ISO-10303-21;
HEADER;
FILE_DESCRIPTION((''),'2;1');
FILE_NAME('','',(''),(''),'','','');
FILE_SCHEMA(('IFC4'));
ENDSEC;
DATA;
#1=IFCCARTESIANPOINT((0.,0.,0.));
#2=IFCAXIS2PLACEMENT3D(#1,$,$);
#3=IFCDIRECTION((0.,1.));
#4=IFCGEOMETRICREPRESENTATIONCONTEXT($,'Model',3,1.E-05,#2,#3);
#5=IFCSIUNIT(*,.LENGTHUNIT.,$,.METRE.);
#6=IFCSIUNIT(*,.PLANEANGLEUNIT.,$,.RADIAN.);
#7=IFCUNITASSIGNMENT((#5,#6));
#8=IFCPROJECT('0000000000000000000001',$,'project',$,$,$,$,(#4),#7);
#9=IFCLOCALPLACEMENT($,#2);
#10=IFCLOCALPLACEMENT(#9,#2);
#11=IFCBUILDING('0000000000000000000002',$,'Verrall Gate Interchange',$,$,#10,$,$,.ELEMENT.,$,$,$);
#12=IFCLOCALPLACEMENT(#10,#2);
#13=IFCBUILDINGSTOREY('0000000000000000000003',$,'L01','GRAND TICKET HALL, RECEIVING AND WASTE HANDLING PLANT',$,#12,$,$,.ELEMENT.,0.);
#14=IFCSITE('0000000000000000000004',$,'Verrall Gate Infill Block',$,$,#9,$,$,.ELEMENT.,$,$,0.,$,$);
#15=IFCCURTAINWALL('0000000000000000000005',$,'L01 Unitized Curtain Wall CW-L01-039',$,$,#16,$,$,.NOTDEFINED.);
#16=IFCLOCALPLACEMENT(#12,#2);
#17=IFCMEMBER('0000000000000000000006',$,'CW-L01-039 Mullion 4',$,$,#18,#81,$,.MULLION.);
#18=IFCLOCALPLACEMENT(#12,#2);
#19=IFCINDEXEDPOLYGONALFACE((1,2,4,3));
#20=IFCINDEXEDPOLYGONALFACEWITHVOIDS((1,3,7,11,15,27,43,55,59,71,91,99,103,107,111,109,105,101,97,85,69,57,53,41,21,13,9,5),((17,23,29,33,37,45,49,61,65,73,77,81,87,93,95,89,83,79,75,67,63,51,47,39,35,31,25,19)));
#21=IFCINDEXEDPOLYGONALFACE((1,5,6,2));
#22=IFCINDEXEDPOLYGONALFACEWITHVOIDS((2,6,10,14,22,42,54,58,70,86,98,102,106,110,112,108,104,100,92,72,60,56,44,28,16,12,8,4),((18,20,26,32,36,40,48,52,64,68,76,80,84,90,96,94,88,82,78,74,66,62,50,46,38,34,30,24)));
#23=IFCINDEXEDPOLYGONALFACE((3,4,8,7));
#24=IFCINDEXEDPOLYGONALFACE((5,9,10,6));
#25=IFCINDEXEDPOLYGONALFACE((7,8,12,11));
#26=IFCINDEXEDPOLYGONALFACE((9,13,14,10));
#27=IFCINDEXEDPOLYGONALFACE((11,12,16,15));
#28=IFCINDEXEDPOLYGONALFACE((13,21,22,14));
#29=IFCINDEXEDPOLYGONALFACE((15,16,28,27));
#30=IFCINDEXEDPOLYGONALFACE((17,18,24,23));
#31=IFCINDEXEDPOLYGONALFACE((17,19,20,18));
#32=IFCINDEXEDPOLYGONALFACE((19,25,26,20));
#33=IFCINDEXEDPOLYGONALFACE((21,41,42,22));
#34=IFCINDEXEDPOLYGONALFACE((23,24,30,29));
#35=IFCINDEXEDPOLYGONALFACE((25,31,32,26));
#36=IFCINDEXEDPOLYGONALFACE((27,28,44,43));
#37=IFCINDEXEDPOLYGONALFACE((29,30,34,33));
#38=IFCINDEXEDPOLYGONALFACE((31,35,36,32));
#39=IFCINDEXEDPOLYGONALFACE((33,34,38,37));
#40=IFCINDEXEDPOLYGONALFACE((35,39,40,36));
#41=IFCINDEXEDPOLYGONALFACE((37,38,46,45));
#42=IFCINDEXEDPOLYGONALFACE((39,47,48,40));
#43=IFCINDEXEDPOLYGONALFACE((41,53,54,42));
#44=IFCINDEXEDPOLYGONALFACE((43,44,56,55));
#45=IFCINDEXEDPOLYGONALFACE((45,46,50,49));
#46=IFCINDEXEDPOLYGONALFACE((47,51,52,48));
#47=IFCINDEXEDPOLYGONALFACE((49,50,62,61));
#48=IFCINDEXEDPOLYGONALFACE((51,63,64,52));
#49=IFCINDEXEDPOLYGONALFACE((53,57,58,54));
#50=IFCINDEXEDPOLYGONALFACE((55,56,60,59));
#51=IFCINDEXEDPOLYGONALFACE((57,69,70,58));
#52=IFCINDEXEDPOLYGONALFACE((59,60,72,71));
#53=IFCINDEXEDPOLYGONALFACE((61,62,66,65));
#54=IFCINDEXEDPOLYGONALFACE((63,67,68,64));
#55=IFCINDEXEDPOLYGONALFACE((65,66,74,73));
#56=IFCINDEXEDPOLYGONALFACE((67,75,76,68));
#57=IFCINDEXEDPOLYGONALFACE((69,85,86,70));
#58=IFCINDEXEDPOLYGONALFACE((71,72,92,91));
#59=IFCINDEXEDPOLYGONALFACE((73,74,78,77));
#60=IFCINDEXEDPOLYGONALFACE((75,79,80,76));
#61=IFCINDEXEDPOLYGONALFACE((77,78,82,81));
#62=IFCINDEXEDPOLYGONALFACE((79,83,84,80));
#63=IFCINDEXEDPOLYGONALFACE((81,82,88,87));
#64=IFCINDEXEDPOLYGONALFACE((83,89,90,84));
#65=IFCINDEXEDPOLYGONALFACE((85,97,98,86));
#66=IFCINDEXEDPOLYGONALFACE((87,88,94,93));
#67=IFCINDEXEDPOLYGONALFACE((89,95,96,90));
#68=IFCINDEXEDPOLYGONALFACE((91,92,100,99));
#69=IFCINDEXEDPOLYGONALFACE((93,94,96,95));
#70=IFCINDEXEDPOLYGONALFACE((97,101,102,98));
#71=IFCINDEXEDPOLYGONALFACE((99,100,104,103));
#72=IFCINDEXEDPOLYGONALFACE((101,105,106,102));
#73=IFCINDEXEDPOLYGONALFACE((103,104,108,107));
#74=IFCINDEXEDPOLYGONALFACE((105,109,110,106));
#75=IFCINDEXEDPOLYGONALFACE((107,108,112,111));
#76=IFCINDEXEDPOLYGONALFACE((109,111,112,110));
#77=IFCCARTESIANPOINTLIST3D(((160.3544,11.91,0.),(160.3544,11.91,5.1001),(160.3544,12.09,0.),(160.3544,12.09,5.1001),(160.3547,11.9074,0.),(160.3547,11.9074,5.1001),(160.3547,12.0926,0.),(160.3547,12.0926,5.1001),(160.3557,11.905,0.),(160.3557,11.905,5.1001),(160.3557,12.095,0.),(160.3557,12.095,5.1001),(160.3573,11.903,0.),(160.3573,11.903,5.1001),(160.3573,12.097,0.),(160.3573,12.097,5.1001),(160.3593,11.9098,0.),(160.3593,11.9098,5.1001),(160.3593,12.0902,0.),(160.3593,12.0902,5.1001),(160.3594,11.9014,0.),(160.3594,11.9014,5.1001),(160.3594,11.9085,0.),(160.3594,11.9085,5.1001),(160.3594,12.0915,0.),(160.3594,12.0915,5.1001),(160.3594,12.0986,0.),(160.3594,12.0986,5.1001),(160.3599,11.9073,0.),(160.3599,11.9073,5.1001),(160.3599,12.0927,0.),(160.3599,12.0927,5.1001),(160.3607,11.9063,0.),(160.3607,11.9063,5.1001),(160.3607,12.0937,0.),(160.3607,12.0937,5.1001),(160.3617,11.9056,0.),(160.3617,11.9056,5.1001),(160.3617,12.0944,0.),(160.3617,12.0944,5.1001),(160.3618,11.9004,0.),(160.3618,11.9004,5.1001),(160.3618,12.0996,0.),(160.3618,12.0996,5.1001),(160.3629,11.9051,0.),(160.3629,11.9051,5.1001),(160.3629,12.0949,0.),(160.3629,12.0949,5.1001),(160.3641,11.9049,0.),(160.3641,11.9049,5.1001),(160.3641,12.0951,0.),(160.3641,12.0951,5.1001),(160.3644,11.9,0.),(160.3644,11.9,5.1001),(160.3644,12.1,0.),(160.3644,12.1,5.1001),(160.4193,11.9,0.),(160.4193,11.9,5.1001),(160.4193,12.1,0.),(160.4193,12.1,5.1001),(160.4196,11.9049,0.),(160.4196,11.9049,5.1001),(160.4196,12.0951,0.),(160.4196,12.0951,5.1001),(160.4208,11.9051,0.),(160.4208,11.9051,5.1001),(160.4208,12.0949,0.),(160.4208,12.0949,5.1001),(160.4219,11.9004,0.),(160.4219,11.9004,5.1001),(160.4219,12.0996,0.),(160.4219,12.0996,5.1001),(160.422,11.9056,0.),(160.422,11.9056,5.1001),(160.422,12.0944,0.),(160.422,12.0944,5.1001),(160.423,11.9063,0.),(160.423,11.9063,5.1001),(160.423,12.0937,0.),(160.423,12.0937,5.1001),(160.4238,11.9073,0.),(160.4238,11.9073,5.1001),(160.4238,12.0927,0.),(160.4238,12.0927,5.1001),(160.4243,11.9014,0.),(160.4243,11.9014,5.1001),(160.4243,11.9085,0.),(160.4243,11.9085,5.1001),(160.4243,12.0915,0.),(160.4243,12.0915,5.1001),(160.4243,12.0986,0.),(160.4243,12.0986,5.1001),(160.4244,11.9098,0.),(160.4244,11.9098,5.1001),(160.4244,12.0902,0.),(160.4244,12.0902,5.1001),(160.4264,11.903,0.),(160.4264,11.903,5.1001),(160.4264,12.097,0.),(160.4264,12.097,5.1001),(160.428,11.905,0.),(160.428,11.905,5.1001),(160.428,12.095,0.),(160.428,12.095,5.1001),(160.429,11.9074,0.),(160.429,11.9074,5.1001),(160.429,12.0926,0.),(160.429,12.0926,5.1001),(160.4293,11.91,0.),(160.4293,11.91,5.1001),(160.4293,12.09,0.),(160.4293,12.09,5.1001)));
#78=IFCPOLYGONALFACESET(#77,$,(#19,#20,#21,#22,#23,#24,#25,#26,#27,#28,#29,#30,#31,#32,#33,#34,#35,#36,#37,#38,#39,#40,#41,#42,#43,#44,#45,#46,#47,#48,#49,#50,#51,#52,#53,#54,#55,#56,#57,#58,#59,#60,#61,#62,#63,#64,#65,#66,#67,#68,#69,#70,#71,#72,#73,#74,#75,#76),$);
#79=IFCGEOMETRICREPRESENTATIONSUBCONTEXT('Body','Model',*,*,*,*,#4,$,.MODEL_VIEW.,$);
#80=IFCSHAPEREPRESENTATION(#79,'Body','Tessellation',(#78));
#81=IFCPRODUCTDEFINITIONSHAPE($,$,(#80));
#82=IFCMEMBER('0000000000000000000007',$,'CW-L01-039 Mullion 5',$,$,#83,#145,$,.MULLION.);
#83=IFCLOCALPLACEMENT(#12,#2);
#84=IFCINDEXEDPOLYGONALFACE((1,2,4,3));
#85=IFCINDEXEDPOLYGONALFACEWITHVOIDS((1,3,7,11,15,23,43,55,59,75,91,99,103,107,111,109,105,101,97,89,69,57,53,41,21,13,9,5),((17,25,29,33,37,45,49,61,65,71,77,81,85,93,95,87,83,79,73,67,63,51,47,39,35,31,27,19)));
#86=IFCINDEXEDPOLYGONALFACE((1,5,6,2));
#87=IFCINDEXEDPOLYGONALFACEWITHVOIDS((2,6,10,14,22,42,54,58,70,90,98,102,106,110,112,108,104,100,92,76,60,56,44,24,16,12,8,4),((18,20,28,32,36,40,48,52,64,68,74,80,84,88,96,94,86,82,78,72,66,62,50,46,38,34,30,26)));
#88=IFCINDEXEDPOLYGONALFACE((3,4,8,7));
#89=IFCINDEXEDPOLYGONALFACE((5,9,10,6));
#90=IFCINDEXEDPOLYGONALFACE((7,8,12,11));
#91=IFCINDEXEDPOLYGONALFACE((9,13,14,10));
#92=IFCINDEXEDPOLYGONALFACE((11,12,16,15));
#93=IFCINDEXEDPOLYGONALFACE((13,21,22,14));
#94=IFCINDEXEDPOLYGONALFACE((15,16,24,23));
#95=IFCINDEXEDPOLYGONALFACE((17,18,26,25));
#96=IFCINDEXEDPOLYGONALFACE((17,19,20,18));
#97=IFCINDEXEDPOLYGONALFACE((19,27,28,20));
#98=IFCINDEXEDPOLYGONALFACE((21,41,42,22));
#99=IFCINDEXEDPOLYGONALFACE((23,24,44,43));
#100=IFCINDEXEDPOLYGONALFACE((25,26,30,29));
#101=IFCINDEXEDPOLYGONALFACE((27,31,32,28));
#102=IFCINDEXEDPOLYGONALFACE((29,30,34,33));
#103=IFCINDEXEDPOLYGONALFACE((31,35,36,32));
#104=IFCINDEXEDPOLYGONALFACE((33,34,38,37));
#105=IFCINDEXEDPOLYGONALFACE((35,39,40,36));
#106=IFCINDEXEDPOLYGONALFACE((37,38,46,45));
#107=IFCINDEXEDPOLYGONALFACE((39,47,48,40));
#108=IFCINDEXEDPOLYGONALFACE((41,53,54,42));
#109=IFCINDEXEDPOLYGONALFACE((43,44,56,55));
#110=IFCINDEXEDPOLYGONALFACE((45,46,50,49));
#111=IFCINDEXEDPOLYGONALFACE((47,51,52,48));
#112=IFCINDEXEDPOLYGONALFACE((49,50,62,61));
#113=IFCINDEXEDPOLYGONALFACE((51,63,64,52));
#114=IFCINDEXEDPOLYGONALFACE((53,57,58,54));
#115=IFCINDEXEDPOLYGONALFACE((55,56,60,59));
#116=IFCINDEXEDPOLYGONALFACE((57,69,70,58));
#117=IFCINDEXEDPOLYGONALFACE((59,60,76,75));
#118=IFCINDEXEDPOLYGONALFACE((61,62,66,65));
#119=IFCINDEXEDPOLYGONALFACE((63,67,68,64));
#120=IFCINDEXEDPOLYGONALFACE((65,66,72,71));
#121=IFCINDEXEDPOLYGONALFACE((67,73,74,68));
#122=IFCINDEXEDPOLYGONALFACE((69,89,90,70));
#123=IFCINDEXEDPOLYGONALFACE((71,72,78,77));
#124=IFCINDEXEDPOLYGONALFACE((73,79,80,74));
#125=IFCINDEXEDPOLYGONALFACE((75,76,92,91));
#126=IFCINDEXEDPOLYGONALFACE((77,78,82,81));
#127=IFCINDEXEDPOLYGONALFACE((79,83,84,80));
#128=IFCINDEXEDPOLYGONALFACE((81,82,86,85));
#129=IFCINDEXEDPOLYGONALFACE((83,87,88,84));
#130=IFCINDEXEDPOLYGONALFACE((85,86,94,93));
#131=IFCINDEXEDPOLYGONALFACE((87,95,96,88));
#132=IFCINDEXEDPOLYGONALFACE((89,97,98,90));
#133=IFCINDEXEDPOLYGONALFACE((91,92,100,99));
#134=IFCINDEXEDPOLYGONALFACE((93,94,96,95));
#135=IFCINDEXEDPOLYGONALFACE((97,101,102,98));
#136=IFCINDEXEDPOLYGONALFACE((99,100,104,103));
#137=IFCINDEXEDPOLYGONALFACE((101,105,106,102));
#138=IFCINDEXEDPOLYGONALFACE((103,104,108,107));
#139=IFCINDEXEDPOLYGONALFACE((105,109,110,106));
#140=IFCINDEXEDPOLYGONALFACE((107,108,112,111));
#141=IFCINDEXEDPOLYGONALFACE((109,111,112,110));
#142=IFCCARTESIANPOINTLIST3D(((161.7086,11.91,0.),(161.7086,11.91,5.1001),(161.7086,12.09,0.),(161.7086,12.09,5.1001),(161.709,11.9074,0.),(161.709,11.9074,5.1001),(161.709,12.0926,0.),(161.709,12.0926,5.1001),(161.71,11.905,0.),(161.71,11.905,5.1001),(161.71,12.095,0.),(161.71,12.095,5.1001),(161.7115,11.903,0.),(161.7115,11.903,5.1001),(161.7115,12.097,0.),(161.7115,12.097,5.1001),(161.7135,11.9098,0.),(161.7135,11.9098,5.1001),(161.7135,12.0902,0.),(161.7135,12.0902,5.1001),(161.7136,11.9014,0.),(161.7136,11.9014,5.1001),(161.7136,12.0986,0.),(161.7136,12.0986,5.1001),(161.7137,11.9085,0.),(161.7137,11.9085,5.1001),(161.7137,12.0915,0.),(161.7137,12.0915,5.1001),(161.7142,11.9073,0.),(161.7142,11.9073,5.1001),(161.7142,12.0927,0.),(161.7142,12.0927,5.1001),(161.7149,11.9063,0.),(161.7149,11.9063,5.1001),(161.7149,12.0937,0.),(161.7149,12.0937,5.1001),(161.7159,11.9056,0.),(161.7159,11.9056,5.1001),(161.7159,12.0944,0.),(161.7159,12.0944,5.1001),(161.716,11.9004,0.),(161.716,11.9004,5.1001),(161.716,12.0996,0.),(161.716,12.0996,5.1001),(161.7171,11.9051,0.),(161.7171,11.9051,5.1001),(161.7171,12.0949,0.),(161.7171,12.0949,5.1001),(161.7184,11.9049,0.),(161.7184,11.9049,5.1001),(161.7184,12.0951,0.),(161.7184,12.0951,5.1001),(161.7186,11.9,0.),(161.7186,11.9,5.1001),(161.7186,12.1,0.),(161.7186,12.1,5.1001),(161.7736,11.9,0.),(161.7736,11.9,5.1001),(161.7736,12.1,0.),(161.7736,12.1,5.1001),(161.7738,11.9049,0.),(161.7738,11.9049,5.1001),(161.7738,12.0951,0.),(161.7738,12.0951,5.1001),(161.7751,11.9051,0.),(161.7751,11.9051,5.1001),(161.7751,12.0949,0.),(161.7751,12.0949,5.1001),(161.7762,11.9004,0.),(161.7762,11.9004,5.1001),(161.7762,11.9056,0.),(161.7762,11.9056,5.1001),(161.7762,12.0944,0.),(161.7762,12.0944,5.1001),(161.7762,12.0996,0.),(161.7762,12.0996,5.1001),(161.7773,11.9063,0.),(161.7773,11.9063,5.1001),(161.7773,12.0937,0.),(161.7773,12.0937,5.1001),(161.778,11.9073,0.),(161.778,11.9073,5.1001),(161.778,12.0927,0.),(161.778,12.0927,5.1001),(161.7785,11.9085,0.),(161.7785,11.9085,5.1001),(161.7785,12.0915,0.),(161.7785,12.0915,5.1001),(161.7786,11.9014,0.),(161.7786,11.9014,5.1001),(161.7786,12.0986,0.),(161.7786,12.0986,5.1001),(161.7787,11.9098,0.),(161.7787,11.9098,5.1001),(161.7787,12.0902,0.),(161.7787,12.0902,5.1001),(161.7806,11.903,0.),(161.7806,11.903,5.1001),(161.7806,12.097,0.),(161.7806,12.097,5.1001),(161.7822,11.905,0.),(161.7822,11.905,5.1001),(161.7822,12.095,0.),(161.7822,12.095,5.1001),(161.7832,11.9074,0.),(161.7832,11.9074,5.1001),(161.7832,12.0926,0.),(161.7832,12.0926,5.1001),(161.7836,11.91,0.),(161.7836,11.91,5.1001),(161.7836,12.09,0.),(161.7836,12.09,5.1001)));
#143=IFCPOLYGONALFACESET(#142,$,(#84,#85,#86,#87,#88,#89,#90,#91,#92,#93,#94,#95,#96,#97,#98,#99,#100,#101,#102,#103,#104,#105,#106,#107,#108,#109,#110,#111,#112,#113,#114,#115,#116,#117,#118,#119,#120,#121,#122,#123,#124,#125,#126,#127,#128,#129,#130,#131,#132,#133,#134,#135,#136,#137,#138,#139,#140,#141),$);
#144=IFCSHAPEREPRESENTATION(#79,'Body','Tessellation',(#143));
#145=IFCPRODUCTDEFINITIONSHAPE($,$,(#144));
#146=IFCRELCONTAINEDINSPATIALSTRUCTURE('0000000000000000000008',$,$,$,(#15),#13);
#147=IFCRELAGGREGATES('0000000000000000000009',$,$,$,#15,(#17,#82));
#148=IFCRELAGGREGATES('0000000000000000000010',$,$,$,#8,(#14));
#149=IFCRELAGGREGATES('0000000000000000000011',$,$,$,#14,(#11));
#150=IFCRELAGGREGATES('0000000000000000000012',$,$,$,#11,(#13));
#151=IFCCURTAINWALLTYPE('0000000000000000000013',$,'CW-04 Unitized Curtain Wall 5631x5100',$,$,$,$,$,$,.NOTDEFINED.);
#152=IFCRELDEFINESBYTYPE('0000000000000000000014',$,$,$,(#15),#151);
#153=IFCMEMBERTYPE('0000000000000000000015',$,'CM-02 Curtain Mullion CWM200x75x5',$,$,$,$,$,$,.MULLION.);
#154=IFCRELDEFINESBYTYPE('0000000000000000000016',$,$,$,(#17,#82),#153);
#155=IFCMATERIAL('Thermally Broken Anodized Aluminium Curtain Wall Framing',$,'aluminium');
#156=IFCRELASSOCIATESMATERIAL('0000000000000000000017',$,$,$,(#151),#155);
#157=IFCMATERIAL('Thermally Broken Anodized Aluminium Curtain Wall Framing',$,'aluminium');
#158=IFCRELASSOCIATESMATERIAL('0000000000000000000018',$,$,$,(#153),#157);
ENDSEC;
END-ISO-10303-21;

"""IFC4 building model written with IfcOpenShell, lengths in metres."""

from ifc_helpers import new_model, si_unit, direction, frame, origin, origin_2d, place, context, subcontext, project, spatial, hollow_rectangle, extrude, material, material_profile, profile_set, type_object, element, aggregate, save


model = new_model("IFC4")

# Units and contexts
model_context = context("Model", 3, precision=1e-05, world=origin(), true_north=direction((0.0, 1.0)))
body_context = subcontext(model_context, "Body", "Model", "MODEL_VIEW")
ifc_project = project(units=[si_unit("LENGTHUNIT", "METRE"), si_unit("PLANEANGLEUNIT", "RADIAN")], contexts=[model_context])

# Site, building, storey
site_placement = place(None, origin())
site = spatial("IfcSite", under=ifc_project, at=site_placement, Name="Verrall Gate Infill Block", CompositionType="ELEMENT", RefElevation=0.0)
building_placement = place(site_placement, origin())
building = spatial("IfcBuilding", under=site, at=building_placement, Name="Verrall Gate Interchange", CompositionType="ELEMENT")
storey_placement = place(building_placement, origin())
storey = spatial("IfcBuildingStorey", under=building, at=storey_placement, Name="L01", Description="GRAND TICKET HALL, RECEIVING AND WASTE HANDLING PLANT", CompositionType="ELEMENT", Elevation=0.0)

# Curtain wall, members
ifc_material_1 = material(Name="Thermally Broken Anodized Aluminium Curtain Wall Framing", Category="aluminium")
curtain_wall_type_1 = type_object("IfcCurtainWallType", Name="CW-04 Unitized Curtain Wall 5631x5100", PredefinedType="NOTDEFINED", material=ifc_material_1)
curtain_wall_1_placement = place(storey_placement, origin())
curtain_wall_1 = element("IfcCurtainWall", 1, at=curtain_wall_1_placement, inside=storey, type_object=curtain_wall_type_1, Name="L01 Unitized Curtain Wall CW-L01-039", PredefinedType="NOTDEFINED")
ifc_material_2 = material(Name="Thermally Broken Anodized Aluminium Curtain Wall Framing", Category="aluminium")
ifc_material_profile_1 = material_profile(ifc_material_2, hollow_rectangle(XDim=0.075, YDim=0.2, WallThickness=0.0049, InnerFilletRadius=0.0049, OuterFilletRadius=0.01, at=origin_2d()), Name="CWM200x75x5")
ifc_profile_set_1 = profile_set([ifc_material_profile_1], Name="Thermally Broken Anodized Aluminium Curtain Wall Framing")
member_type_1 = type_object("IfcMemberType", Name="CM-02 Curtain Mullion CWM200x75x5", PredefinedType="MULLION", material=ifc_profile_set_1)
member_1_placement = place(storey_placement, frame((160.3918, 12.0, 0.0), z_axis=(0.0, 0.0, 1.0), x_axis=(1.0, 0.0, 0.0)))
member_1 = element("IfcMember", 2, at=member_1_placement, type_object=member_type_1, Name="CW-L01-039 Mullion 4", PredefinedType="MULLION", context=body_context, shape_type="SweptSolid", body=[
    extrude(hollow_rectangle(XDim=0.075, YDim=0.2, WallThickness=0.0049, InnerFilletRadius=0.0049, OuterFilletRadius=0.01, at=origin_2d()), origin(), (0.0, 0.0, 1.0), 5.1001),
])
member_2_placement = place(storey_placement, frame((161.7461, 12.0, 0.0), z_axis=(0.0, 0.0, 1.0), x_axis=(1.0, 0.0, 0.0)))
member_2 = element("IfcMember", 3, at=member_2_placement, type_object=member_type_1, Name="CW-L01-039 Mullion 5", PredefinedType="MULLION", context=body_context, shape_type="SweptSolid", body=[
    extrude(hollow_rectangle(XDim=0.075, YDim=0.2, WallThickness=0.0049, InnerFilletRadius=0.0049, OuterFilletRadius=0.01, at=origin_2d()), origin(), (0.0, 0.0, 1.0), 5.1001),
])

aggregate(curtain_wall_1, [member_1, member_2])

save(model, "model.ifc")
